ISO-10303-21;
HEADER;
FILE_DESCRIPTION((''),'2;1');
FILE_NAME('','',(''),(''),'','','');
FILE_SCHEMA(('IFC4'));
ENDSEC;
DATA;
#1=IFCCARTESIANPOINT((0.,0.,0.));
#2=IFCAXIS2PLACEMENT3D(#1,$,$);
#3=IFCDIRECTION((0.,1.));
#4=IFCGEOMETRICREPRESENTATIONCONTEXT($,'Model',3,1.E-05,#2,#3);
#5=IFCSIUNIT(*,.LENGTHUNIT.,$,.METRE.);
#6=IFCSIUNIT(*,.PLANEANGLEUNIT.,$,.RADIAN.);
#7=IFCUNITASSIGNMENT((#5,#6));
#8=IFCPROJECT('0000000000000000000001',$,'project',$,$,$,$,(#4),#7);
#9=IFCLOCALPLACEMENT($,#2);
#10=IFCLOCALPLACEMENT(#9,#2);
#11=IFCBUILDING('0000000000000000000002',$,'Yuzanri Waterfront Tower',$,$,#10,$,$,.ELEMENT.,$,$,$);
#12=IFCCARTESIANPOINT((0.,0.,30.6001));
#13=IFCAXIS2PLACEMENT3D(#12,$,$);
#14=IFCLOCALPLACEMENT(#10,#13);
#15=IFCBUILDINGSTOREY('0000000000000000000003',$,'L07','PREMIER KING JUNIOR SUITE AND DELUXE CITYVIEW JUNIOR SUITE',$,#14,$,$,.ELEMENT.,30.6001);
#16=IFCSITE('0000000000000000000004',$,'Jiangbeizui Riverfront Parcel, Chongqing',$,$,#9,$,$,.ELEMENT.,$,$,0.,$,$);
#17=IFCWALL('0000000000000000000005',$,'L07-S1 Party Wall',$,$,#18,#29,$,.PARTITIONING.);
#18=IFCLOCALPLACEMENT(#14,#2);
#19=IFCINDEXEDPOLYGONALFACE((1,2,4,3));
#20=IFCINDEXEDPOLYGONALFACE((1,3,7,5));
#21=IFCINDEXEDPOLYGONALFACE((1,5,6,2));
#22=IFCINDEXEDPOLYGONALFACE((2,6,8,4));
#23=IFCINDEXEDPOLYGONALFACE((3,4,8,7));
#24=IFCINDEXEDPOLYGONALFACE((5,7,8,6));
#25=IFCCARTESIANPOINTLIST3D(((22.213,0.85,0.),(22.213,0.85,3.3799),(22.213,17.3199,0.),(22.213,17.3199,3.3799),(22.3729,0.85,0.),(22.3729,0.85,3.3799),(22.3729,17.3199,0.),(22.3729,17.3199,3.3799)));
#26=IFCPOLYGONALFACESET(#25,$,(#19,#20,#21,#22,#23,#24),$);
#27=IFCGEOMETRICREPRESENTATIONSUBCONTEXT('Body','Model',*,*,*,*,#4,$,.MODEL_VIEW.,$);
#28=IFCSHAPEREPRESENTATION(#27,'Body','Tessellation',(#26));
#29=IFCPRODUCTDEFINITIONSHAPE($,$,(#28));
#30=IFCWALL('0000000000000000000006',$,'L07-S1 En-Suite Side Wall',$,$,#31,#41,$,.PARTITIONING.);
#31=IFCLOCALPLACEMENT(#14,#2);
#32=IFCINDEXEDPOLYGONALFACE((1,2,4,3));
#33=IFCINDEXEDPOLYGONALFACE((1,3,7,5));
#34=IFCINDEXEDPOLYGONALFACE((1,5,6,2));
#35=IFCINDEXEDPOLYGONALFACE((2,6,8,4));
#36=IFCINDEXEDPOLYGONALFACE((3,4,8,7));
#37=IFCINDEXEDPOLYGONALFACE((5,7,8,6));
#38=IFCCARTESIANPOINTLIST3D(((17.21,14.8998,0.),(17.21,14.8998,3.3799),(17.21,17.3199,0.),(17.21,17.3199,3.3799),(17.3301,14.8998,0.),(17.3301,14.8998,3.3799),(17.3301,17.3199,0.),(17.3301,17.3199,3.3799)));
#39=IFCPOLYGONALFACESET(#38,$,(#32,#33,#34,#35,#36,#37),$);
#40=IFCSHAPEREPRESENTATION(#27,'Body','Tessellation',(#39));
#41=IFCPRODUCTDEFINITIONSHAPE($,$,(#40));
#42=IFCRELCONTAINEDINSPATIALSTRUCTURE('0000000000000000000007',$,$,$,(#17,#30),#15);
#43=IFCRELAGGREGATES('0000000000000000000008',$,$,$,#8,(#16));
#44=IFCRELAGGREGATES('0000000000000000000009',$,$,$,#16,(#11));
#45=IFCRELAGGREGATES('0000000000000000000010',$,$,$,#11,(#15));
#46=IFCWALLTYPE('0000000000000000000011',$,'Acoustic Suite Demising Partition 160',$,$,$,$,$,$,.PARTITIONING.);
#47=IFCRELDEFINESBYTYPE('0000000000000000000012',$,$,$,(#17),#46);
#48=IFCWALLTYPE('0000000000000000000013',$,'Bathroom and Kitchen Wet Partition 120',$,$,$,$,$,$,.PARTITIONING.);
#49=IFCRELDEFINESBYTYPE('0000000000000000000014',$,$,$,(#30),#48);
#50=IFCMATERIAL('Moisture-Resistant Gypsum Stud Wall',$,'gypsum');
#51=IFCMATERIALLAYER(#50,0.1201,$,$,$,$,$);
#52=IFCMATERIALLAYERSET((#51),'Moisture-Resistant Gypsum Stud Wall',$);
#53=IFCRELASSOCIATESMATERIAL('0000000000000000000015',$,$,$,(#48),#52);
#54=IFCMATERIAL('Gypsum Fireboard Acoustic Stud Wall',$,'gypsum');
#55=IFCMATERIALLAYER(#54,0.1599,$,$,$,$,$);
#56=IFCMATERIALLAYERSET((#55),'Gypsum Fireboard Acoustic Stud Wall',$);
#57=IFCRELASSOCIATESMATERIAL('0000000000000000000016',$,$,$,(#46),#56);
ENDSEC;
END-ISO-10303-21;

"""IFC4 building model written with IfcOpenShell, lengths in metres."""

from ifc_helpers import new_model, si_unit, direction, frame, frame_2d, origin, place, context, subcontext, project, spatial, rectangle, extrude, source, transform, mapped, material, layer, layer_set, type_object, element, save


model = new_model("IFC4")

# Units and contexts
model_context = context("Model", 3, precision=1e-05, world=origin(), true_north=direction((0.0, 1.0)))
body_context = subcontext(model_context, "Body", "Model", "MODEL_VIEW")
ifc_project = project(units=[si_unit("LENGTHUNIT", "METRE"), si_unit("PLANEANGLEUNIT", "RADIAN")], contexts=[model_context])

# Site, building, storey
site_placement = place(None, origin())
site = spatial("IfcSite", under=ifc_project, at=site_placement, Name="Jiangbeizui Riverfront Parcel, Chongqing", CompositionType="ELEMENT", RefElevation=0.0)
building_placement = place(site_placement, origin())
building = spatial("IfcBuilding", under=site, at=building_placement, Name="Yuzanri Waterfront Tower", CompositionType="ELEMENT")
storey_placement = place(building_placement, frame((0.0, 0.0, 30.6001)))
storey = spatial("IfcBuildingStorey", under=building, at=storey_placement, Name="L07", Description="PREMIER KING JUNIOR SUITE AND DELUXE CITYVIEW JUNIOR SUITE", CompositionType="ELEMENT", Elevation=30.6001)

# Shared definitions
ifc_material_1 = material(Name="Moisture-Resistant Gypsum Stud Wall", Category="gypsum")
ifc_layer_1 = layer(ifc_material_1, 0.1201)
ifc_layer_set_1 = layer_set([ifc_layer_1], Name="Moisture-Resistant Gypsum Stud Wall")
wall_type_1 = type_object("IfcWallType", Name="Bathroom and Kitchen Wet Partition 120", PredefinedType="PARTITIONING", material=ifc_layer_set_1)

# Walls
ifc_material_2 = material(Name="Gypsum Fireboard Acoustic Stud Wall", Category="gypsum")
ifc_layer_2 = layer(ifc_material_2, 0.1599)
ifc_layer_set_2 = layer_set([ifc_layer_2], Name="Gypsum Fireboard Acoustic Stud Wall")
wall_type_2 = type_object("IfcWallType", Name="Acoustic Suite Demising Partition 160", PredefinedType="PARTITIONING", material=ifc_layer_set_2)
shared_shape_1 = source(origin(), body_context, "Body", "SweptSolid", [
    extrude(rectangle(XDim=16.47, YDim=0.1599, at=frame_2d((8.2349, 0.0))), origin(), (0.0, 0.0, 1.0), 3.3799),
])
wall_1_placement = place(storey_placement, frame((22.293, 0.8501, 0.0), z_axis=(0.0, 0.0, 1.0), x_axis=(0.0, 1.0, 0.0)))
element("IfcWall", 1, at=wall_1_placement, inside=storey, type_object=wall_type_2, Name="L07-S1 Party Wall", PredefinedType="PARTITIONING", context=body_context, shape_type="MappedRepresentation", body=[
    mapped(shared_shape_1, transform((0.0, 0.0, 0.0), scale=1.0)),
])
shared_shape_2 = source(origin(), body_context, "Body", "SweptSolid", [
    extrude(rectangle(XDim=2.4202, YDim=0.1201, at=frame_2d((1.21, 0.0))), origin(), (0.0, 0.0, 1.0), 3.3799),
])
wall_2_placement = place(storey_placement, frame((17.27, 14.8999, 0.0), z_axis=(0.0, 0.0, 1.0), x_axis=(0.0, 1.0, 0.0)))
element("IfcWall", 2, at=wall_2_placement, inside=storey, type_object=wall_type_1, Name="L07-S1 En-Suite Side Wall", PredefinedType="PARTITIONING", context=body_context, shape_type="MappedRepresentation", body=[
    mapped(shared_shape_2, transform((0.0, 0.0, 0.0), scale=1.0)),
])

save(model, "model.ifc")
